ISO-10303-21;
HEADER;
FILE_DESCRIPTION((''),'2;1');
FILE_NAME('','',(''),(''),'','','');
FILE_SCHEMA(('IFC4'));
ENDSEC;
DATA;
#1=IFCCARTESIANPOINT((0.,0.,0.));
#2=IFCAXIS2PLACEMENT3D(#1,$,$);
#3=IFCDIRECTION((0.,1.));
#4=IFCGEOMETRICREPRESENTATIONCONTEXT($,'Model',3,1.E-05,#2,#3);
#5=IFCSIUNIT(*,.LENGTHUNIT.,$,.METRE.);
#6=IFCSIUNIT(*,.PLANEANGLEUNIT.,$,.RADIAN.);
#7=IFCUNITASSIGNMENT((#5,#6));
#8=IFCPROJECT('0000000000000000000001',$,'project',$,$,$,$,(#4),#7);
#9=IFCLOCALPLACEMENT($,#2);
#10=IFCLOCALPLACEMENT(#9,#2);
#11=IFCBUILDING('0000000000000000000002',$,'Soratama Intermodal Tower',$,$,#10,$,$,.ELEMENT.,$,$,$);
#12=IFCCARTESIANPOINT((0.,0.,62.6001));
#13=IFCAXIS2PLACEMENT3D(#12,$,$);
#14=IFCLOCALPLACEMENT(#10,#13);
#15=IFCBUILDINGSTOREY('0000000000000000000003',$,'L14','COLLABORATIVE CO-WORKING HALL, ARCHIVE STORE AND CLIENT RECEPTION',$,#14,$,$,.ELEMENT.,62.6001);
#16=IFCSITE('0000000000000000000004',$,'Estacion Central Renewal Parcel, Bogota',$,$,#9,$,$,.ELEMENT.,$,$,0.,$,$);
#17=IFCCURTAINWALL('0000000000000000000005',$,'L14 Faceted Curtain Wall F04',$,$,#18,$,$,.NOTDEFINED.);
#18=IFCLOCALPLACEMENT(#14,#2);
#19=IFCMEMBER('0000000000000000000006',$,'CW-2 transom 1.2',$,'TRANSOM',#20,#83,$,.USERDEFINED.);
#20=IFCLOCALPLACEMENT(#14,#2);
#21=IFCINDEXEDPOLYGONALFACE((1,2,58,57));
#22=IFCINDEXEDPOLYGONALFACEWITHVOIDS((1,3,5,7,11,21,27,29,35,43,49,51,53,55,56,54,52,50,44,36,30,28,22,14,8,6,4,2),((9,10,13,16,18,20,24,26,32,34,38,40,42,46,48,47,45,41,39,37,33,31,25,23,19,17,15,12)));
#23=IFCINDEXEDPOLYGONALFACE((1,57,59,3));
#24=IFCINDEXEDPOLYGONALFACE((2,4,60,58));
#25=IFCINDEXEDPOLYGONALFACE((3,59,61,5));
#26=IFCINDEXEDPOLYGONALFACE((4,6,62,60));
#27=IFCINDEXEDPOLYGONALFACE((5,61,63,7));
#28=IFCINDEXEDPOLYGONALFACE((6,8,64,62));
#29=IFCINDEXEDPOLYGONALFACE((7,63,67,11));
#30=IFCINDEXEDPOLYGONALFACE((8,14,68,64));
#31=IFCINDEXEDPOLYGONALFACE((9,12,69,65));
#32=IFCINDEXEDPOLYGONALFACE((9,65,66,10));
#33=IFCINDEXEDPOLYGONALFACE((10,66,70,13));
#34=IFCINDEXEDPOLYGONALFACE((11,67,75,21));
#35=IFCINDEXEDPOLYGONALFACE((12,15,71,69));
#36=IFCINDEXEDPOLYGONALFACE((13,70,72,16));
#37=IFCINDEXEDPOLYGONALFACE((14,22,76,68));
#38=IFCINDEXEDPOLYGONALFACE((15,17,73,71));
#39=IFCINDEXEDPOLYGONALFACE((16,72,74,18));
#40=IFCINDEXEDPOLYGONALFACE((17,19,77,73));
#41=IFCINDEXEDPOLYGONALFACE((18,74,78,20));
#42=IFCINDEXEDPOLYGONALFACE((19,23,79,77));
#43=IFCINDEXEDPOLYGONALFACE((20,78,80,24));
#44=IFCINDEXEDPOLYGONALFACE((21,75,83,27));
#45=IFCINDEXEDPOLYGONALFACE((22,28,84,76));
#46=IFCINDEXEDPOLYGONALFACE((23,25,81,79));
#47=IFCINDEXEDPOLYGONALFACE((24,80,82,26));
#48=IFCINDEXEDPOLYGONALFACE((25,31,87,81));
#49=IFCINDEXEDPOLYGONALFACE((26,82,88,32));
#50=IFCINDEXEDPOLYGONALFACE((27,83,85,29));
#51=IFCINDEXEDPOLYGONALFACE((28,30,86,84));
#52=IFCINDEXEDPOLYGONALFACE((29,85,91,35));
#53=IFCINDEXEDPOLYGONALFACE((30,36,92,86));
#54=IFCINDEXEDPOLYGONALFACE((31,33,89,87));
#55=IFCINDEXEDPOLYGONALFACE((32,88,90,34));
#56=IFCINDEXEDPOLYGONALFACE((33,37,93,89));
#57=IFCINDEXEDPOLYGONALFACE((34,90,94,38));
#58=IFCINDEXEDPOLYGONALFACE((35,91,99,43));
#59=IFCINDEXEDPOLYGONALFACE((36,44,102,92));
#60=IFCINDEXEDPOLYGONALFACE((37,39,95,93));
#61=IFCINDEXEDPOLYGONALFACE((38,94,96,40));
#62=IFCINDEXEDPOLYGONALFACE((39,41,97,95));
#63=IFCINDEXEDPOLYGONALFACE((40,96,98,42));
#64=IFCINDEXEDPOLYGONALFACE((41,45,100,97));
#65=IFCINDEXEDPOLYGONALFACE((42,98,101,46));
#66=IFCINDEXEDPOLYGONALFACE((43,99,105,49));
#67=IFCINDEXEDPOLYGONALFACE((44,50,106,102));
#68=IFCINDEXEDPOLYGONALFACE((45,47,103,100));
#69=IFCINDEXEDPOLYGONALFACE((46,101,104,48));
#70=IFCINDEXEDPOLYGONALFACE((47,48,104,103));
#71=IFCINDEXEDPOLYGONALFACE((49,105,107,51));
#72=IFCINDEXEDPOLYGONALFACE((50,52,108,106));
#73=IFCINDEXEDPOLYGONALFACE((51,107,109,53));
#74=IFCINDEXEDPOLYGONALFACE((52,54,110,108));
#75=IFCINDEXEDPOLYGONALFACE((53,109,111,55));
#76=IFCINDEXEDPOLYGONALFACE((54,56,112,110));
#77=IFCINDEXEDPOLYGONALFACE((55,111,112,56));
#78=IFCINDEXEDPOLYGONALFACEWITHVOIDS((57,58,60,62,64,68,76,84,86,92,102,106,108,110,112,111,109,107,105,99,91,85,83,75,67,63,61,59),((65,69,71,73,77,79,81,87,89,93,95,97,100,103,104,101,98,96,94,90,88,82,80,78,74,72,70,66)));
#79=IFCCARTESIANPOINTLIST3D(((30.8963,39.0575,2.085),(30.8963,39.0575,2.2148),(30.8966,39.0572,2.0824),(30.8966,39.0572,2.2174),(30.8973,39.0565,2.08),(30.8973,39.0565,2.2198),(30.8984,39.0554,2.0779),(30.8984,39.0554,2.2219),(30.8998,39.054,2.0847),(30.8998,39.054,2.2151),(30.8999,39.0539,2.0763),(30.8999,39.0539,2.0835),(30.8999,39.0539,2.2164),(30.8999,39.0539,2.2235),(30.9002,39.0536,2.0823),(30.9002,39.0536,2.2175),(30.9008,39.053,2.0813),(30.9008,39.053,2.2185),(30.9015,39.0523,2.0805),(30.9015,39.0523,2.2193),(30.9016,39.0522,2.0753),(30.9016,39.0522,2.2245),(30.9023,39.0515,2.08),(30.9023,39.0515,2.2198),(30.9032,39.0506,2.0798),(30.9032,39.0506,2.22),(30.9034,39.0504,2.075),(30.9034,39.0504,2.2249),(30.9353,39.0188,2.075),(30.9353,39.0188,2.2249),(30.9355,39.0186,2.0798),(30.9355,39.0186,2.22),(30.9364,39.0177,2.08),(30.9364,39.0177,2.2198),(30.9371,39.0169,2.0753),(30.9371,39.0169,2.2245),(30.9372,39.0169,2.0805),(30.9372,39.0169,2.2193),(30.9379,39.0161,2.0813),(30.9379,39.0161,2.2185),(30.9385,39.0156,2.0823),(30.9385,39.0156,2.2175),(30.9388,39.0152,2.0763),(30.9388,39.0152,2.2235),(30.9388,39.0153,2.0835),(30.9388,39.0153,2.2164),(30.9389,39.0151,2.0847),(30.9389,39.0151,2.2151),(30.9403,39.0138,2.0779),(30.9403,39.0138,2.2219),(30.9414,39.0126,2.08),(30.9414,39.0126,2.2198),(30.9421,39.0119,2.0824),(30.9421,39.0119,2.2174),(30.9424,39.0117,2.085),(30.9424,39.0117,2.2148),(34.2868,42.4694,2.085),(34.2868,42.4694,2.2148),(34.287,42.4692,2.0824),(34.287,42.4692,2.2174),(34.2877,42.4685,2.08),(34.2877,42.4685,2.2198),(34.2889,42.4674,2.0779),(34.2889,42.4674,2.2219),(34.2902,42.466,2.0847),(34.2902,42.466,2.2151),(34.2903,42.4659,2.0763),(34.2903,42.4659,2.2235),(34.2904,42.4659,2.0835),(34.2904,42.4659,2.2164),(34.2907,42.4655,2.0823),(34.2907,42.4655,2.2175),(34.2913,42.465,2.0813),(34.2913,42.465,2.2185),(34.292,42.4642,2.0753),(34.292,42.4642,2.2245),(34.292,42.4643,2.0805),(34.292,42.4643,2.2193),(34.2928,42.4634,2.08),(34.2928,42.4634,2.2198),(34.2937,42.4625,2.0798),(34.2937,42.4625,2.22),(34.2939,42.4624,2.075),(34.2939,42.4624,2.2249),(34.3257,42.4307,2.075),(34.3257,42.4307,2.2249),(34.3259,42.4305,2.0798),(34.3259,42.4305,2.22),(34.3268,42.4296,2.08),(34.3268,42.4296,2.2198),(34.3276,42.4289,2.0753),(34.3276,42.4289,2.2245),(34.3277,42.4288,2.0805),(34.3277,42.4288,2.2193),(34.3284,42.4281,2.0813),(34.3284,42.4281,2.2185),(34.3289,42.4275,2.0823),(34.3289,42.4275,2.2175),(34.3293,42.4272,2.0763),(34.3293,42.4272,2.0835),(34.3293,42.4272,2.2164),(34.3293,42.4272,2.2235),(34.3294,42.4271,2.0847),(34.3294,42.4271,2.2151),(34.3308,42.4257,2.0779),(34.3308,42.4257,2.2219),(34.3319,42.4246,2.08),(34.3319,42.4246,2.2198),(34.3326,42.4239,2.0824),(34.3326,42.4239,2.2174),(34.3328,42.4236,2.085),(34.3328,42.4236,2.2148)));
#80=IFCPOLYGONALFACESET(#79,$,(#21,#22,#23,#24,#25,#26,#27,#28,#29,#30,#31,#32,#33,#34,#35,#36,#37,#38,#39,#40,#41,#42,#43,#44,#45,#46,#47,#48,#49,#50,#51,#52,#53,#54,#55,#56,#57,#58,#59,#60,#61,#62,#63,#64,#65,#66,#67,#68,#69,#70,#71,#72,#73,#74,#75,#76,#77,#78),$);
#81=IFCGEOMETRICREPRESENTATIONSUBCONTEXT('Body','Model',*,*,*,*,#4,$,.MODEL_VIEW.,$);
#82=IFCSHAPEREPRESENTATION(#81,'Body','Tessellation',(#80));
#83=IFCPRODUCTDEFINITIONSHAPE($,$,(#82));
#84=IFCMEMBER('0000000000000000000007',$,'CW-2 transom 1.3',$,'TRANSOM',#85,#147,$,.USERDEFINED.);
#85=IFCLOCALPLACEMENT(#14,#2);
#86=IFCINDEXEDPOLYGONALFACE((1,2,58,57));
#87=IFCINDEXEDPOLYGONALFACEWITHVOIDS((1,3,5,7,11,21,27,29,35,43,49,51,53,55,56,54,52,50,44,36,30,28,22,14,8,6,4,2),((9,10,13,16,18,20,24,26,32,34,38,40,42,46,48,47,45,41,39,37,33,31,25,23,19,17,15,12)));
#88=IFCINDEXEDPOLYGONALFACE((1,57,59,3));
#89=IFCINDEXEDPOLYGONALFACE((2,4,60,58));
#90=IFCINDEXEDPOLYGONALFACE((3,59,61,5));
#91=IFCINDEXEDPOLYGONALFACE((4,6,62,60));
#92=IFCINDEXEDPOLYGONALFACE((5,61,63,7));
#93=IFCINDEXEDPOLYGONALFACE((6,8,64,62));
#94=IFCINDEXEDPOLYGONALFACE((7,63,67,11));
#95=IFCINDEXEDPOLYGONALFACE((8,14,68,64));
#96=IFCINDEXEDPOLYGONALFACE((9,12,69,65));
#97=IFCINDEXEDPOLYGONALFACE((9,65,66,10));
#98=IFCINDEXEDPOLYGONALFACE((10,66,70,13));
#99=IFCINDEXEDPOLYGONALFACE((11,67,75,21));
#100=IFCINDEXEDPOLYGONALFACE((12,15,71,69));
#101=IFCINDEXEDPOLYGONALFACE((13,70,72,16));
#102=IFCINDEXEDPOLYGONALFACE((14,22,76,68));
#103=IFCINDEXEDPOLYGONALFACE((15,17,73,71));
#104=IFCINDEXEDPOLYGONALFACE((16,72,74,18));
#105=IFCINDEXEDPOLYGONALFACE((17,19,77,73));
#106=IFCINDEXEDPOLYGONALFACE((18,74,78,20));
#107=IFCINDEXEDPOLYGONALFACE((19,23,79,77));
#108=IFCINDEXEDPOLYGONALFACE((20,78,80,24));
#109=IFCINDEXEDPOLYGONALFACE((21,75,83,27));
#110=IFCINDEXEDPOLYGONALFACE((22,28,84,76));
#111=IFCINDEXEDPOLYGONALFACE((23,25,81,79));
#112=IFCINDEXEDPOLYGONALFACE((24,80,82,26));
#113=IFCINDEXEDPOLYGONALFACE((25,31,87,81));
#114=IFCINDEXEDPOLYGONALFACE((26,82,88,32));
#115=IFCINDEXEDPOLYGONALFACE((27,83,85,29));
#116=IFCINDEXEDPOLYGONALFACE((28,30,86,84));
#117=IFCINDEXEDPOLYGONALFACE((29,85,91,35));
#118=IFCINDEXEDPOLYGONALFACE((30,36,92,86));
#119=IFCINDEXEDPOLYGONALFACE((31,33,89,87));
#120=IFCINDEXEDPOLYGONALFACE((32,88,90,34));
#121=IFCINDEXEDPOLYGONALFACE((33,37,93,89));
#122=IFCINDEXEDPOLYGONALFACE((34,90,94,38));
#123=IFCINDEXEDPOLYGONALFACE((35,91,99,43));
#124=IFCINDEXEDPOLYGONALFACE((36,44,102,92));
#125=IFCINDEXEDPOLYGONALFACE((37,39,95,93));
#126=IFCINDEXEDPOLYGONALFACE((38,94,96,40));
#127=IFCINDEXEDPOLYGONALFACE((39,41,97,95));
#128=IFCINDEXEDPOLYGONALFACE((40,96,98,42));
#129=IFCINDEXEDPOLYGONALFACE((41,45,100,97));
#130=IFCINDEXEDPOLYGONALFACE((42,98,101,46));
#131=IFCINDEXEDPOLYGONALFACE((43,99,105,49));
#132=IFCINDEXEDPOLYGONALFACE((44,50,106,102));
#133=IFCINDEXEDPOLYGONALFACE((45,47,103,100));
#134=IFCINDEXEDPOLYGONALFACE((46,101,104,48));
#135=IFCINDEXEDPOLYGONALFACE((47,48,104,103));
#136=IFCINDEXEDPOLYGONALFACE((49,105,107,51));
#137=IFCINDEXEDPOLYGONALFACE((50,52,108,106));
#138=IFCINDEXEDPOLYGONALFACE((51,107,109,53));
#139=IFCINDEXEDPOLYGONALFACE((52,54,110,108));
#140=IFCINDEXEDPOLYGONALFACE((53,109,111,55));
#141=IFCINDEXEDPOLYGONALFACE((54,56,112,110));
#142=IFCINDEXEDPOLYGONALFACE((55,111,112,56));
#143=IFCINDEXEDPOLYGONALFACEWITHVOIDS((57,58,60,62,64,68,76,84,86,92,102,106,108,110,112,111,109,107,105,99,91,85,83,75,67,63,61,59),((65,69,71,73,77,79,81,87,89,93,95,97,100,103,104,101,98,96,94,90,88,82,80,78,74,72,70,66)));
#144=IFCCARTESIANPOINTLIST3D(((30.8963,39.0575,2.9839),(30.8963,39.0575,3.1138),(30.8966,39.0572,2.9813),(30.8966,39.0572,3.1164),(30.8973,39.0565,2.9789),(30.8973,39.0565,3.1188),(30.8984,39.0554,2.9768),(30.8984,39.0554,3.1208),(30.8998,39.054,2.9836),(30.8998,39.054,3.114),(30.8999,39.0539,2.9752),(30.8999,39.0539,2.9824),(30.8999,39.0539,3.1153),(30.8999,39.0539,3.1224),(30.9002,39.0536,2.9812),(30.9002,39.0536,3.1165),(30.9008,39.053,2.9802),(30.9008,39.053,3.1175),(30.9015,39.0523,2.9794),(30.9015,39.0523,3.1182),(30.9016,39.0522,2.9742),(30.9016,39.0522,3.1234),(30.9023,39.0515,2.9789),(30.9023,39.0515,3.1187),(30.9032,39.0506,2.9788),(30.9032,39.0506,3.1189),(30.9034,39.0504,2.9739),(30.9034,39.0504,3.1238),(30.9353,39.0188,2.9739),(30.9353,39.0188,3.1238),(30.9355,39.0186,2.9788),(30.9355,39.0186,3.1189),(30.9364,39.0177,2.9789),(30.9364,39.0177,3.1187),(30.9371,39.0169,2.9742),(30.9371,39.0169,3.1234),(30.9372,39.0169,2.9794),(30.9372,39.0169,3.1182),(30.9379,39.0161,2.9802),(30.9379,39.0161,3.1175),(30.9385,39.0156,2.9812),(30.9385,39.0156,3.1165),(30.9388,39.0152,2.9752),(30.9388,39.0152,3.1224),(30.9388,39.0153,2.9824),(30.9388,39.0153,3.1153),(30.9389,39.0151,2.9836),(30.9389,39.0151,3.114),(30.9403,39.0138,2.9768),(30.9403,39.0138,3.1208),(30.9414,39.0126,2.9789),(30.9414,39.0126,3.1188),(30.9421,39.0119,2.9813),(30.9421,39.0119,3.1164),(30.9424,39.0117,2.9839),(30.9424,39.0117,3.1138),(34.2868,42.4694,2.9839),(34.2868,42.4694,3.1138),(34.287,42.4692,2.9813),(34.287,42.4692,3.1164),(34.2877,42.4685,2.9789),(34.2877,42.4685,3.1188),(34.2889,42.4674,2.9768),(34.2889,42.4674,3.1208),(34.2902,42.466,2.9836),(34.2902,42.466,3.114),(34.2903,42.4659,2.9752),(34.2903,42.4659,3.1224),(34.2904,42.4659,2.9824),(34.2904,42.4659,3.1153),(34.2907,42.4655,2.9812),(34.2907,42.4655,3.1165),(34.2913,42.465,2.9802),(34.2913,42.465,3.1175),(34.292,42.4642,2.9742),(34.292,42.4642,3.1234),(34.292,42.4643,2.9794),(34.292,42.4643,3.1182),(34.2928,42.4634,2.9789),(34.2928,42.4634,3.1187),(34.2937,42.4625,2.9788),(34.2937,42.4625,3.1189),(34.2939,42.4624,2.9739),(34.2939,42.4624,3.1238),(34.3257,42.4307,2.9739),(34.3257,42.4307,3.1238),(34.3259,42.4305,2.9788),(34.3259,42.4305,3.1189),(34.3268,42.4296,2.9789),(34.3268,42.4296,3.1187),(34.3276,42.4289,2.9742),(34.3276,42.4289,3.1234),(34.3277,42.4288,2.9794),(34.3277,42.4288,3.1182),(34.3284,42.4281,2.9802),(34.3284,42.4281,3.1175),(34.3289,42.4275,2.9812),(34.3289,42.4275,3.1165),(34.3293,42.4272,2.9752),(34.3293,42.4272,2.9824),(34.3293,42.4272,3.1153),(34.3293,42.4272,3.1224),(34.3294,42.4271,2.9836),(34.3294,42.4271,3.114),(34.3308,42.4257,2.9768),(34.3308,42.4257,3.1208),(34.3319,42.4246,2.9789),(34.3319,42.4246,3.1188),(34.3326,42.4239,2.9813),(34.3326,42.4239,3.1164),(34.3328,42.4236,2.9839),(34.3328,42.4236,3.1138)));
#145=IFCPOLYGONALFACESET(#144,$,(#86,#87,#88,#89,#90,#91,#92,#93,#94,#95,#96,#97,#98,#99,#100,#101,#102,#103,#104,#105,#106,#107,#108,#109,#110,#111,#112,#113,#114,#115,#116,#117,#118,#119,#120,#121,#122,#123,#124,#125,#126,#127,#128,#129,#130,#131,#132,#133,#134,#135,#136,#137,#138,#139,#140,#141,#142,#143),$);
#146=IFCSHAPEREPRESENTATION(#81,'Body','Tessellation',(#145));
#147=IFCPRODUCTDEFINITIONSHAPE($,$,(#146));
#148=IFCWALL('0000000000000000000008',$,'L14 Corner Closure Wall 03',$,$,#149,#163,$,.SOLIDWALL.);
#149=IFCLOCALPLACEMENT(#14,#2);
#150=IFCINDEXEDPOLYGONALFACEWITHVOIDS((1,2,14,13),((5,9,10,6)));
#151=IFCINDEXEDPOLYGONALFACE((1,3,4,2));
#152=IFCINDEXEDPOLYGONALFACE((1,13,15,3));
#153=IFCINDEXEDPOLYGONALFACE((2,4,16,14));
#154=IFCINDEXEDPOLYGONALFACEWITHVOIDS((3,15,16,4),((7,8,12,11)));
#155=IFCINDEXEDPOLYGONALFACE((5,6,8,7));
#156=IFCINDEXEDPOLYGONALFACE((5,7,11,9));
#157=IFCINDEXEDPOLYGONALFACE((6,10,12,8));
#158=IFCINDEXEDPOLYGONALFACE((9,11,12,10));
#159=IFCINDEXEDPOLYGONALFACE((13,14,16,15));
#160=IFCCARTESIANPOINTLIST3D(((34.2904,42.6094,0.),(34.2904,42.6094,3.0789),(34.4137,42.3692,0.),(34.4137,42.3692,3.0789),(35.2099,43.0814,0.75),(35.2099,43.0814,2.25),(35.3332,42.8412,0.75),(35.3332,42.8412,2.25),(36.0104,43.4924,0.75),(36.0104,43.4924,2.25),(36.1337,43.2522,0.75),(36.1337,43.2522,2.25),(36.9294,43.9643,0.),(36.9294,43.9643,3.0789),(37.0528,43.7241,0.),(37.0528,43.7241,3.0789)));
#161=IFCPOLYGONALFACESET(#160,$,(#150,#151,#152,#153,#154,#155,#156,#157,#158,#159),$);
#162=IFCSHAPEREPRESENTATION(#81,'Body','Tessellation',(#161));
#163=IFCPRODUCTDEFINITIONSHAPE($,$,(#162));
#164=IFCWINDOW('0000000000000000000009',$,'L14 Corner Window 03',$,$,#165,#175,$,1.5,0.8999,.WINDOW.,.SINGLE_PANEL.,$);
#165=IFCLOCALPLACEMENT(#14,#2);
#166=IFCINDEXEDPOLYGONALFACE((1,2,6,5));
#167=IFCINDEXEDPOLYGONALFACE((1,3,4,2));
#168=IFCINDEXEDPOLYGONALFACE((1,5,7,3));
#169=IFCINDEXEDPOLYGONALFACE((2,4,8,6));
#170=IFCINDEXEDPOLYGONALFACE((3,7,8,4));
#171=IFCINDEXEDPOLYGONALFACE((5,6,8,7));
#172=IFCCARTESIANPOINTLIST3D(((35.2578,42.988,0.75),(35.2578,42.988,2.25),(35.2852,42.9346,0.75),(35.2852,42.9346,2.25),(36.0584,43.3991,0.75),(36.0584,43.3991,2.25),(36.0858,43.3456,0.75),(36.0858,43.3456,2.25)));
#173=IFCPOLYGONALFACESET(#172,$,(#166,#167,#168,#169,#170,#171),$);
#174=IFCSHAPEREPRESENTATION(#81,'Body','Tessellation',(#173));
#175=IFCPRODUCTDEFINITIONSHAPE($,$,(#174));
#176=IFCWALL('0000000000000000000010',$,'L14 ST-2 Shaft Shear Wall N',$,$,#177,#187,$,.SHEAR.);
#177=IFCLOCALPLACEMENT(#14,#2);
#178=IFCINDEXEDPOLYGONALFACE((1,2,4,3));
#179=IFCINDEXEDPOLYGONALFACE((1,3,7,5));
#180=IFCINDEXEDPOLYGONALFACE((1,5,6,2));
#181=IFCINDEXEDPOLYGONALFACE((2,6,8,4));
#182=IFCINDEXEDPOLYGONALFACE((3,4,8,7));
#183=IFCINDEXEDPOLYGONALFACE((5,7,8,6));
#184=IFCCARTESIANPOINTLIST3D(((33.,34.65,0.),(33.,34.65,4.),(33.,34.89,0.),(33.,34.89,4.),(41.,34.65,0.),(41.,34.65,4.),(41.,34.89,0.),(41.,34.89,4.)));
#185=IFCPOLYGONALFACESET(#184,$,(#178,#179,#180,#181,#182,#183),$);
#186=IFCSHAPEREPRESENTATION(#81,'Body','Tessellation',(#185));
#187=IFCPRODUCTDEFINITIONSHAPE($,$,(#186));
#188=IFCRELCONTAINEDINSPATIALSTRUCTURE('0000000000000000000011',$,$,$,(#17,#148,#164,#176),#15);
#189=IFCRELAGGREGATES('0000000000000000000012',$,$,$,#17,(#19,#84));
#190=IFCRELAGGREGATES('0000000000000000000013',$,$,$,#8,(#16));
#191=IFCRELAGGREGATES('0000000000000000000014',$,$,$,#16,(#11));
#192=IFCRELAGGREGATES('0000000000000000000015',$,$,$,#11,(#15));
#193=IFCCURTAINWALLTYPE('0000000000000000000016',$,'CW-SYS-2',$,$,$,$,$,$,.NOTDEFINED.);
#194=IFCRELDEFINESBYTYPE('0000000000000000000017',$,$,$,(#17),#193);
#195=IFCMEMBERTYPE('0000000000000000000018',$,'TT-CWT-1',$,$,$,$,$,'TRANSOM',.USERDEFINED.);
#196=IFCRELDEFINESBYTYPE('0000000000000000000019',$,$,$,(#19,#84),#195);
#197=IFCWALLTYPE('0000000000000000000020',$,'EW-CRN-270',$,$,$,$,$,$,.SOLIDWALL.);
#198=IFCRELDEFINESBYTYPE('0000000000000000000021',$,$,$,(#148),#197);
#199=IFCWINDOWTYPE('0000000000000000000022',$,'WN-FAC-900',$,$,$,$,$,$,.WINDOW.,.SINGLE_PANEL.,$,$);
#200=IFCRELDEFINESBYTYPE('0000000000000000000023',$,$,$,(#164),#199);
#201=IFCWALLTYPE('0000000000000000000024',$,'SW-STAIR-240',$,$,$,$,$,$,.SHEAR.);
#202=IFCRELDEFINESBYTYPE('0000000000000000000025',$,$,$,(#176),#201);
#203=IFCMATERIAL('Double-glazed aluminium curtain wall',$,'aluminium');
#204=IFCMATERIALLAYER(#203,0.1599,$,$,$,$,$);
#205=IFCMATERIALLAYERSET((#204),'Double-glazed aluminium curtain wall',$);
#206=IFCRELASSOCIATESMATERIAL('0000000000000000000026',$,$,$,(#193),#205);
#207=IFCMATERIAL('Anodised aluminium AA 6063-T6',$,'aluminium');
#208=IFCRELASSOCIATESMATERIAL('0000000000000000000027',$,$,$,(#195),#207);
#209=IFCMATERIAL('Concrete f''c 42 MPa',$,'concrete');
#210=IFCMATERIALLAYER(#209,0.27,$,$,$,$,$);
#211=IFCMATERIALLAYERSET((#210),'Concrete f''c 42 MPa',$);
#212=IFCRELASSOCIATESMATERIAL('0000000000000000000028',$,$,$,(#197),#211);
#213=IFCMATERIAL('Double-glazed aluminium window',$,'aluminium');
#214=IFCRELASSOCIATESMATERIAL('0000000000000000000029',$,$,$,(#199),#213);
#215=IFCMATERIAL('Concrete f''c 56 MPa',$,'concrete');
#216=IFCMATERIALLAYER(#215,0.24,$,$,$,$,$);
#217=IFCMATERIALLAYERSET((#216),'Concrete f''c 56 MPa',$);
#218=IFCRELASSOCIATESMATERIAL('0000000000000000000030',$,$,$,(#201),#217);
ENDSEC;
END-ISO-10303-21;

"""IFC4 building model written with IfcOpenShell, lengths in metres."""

from ifc_helpers import new_model, si_unit, direction, frame, frame_2d, origin, origin_2d, place, context, subcontext, project, spatial, rectangle, hollow_rectangle, extrude, material, layer, layer_set, material_profile, profile_set, type_object, element, fill, aggregate, save


model = new_model("IFC4")

# Units and contexts
model_context = context("Model", 3, precision=1e-05, world=origin(), true_north=direction((0.0, 1.0)))
body_context = subcontext(model_context, "Body", "Model", "MODEL_VIEW")
ifc_project = project(units=[si_unit("LENGTHUNIT", "METRE"), si_unit("PLANEANGLEUNIT", "RADIAN")], contexts=[model_context])

# Site, building, storey
site_placement = place(None, origin())
site = spatial("IfcSite", under=ifc_project, at=site_placement, Name="Estacion Central Renewal Parcel, Bogota", CompositionType="ELEMENT", RefElevation=0.0)
building_placement = place(site_placement, origin())
building = spatial("IfcBuilding", under=site, at=building_placement, Name="Soratama Intermodal Tower", CompositionType="ELEMENT")
storey_placement = place(building_placement, frame((0.0, 0.0, 62.6001)))
storey = spatial("IfcBuildingStorey", under=building, at=storey_placement, Name="L14", Description="COLLABORATIVE CO-WORKING HALL, ARCHIVE STORE AND CLIENT RECEPTION", CompositionType="ELEMENT", Elevation=62.6001)

# Curtain wall, members
ifc_material_1 = material(Name="Double-glazed aluminium curtain wall", Category="aluminium")
ifc_layer_1 = layer(ifc_material_1, 0.1599)
ifc_layer_set_1 = layer_set([ifc_layer_1], Name="Double-glazed aluminium curtain wall")
curtain_wall_type = type_object("IfcCurtainWallType", Name="CW-SYS-2", PredefinedType="NOTDEFINED", material=ifc_layer_set_1)
curtain_wall_placement = place(storey_placement, origin())
curtain_wall = element("IfcCurtainWall", 1, at=curtain_wall_placement, inside=storey, type_object=curtain_wall_type, Name="L14 Faceted Curtain Wall F04", PredefinedType="NOTDEFINED")
ifc_material_2 = material(Name="Anodised aluminium AA 6063-T6", Category="aluminium")
ifc_material_profile_1 = material_profile(ifc_material_2, hollow_rectangle(XDim=0.0649, YDim=0.1499, WallThickness=0.0049, InnerFilletRadius=0.0049, OuterFilletRadius=0.01, at=origin_2d()), Name="CWT150X65X5")
ifc_profile_set_1 = profile_set([ifc_material_profile_1], Name="Anodised aluminium AA 6063-T6")
member_type_1 = type_object("IfcMemberType", Name="TT-CWT-1", ElementType="TRANSOM", PredefinedType="USERDEFINED", material=ifc_profile_set_1)
member_1_placement = place(storey_placement, frame((34.3098, 42.4465, 2.1499), z_axis=(-0.70487, -0.709337, 0.0), x_axis=(0.709337, -0.70487, 0.0)))
member_1 = element("IfcMember", 2, at=member_1_placement, type_object=member_type_1, Name="CW-2 transom 1.2", ObjectType="TRANSOM", PredefinedType="USERDEFINED", context=body_context, shape_type="SweptSolid", body=[
    extrude(hollow_rectangle(XDim=0.0649, YDim=0.1499, WallThickness=0.0049, InnerFilletRadius=0.0049, OuterFilletRadius=0.01, at=origin_2d()), origin(), (0.0, 0.0, 1.0), 4.8101),
])
member_2_placement = place(storey_placement, frame((34.3098, 42.4465, 3.0488), z_axis=(-0.70487, -0.709337, 0.0), x_axis=(0.709337, -0.70487, 0.0)))
member_2 = element("IfcMember", 3, at=member_2_placement, type_object=member_type_1, Name="CW-2 transom 1.3", ObjectType="TRANSOM", PredefinedType="USERDEFINED", context=body_context, shape_type="SweptSolid", body=[
    extrude(hollow_rectangle(XDim=0.0649, YDim=0.1499, WallThickness=0.0049, InnerFilletRadius=0.0049, OuterFilletRadius=0.01, at=origin_2d()), origin(), (0.0, 0.0, 1.0), 4.8101),
])
aggregate(curtain_wall, [member_1, member_2])

# Wall, opening, window
ifc_material_3 = material(Name="Concrete f'c 42 MPa", Category="concrete")
ifc_layer_2 = layer(ifc_material_3, 0.27)
ifc_layer_set_2 = layer_set([ifc_layer_2], Name="Concrete f'c 42 MPa")
wall_type_1 = type_object("IfcWallType", Name="EW-CRN-270", PredefinedType="SOLIDWALL", material=ifc_layer_set_2)
wall_1_placement = place(storey_placement, frame((36.9912, 43.8442, 0.0), z_axis=(0.0, 0.0, 1.0), x_axis=(-0.889603, -0.456734, 0.0)))
wall_1 = element("IfcWall", 4, at=wall_1_placement, inside=storey, type_object=wall_type_1, Name="L14 Corner Closure Wall 03", PredefinedType="SOLIDWALL", context=body_context, shape_type="SweptSolid", body=[
    extrude(rectangle(XDim=2.9666, YDim=0.27, at=frame_2d((1.4834, 0.0))), origin(), (0.0, 0.0, 1.0), 3.0789),
])
opening_placement = place(wall_1_placement, frame((1.0332, 0.0, 0.75)))
opening = element("IfcOpeningElement", 5, at=opening_placement, cuts=wall_1, PredefinedType="OPENING", context=body_context, shape_type="SweptSolid", body=[
    extrude(rectangle(XDim=0.8999, YDim=1.5, at=frame_2d((0.45, 0.75))), frame((0.0, 0.145, 0.0), z_axis=(0.0, -1.0, 0.0), x_axis=(1.0, 0.0, 0.0)), (0.0, 0.0, 1.0), 0.29),
])
ifc_material_4 = material(Name="Double-glazed aluminium window", Category="aluminium")
window_type = type_object("IfcWindowType", Name="WN-FAC-900", PartitioningType="SINGLE_PANEL", PredefinedType="WINDOW", material=ifc_material_4)
window_placement = place(opening_placement, origin())
window = element("IfcWindow", 6, at=window_placement, inside=storey, type_object=window_type, Name="L14 Corner Window 03", OverallHeight=1.5, OverallWidth=0.8999, PartitioningType="SINGLE_PANEL", PredefinedType="WINDOW", context=body_context, shape_type="SweptSolid", body=[
    extrude(rectangle(XDim=0.8999, YDim=1.5, at=frame_2d((0.45, 0.75))), frame((0.0, 0.03, 0.0), z_axis=(0.0, -1.0, 0.0), x_axis=(1.0, 0.0, 0.0)), (0.0, 0.0, 1.0), 0.0601),
])
fill(opening, window)

# Wall
ifc_material_5 = material(Name="Concrete f'c 56 MPa", Category="concrete")
ifc_layer_3 = layer(ifc_material_5, 0.24)
ifc_layer_set_3 = layer_set([ifc_layer_3], Name="Concrete f'c 56 MPa")
wall_type_2 = type_object("IfcWallType", Name="SW-STAIR-240", PredefinedType="SHEAR", material=ifc_layer_set_3)
wall_2_placement = place(storey_placement, frame((33.0, 34.77, 0.0), z_axis=(0.0, 0.0, 1.0), x_axis=(1.0, 0.0, 0.0)))
element("IfcWall", 7, at=wall_2_placement, inside=storey, type_object=wall_type_2, Name="L14 ST-2 Shaft Shear Wall N", PredefinedType="SHEAR", context=body_context, shape_type="SweptSolid", body=[
    extrude(rectangle(XDim=8.0, YDim=0.24, at=frame_2d((4.0, 0.0))), origin(), (0.0, 0.0, 1.0), 4.0),
])

save(model, "model.ifc")
